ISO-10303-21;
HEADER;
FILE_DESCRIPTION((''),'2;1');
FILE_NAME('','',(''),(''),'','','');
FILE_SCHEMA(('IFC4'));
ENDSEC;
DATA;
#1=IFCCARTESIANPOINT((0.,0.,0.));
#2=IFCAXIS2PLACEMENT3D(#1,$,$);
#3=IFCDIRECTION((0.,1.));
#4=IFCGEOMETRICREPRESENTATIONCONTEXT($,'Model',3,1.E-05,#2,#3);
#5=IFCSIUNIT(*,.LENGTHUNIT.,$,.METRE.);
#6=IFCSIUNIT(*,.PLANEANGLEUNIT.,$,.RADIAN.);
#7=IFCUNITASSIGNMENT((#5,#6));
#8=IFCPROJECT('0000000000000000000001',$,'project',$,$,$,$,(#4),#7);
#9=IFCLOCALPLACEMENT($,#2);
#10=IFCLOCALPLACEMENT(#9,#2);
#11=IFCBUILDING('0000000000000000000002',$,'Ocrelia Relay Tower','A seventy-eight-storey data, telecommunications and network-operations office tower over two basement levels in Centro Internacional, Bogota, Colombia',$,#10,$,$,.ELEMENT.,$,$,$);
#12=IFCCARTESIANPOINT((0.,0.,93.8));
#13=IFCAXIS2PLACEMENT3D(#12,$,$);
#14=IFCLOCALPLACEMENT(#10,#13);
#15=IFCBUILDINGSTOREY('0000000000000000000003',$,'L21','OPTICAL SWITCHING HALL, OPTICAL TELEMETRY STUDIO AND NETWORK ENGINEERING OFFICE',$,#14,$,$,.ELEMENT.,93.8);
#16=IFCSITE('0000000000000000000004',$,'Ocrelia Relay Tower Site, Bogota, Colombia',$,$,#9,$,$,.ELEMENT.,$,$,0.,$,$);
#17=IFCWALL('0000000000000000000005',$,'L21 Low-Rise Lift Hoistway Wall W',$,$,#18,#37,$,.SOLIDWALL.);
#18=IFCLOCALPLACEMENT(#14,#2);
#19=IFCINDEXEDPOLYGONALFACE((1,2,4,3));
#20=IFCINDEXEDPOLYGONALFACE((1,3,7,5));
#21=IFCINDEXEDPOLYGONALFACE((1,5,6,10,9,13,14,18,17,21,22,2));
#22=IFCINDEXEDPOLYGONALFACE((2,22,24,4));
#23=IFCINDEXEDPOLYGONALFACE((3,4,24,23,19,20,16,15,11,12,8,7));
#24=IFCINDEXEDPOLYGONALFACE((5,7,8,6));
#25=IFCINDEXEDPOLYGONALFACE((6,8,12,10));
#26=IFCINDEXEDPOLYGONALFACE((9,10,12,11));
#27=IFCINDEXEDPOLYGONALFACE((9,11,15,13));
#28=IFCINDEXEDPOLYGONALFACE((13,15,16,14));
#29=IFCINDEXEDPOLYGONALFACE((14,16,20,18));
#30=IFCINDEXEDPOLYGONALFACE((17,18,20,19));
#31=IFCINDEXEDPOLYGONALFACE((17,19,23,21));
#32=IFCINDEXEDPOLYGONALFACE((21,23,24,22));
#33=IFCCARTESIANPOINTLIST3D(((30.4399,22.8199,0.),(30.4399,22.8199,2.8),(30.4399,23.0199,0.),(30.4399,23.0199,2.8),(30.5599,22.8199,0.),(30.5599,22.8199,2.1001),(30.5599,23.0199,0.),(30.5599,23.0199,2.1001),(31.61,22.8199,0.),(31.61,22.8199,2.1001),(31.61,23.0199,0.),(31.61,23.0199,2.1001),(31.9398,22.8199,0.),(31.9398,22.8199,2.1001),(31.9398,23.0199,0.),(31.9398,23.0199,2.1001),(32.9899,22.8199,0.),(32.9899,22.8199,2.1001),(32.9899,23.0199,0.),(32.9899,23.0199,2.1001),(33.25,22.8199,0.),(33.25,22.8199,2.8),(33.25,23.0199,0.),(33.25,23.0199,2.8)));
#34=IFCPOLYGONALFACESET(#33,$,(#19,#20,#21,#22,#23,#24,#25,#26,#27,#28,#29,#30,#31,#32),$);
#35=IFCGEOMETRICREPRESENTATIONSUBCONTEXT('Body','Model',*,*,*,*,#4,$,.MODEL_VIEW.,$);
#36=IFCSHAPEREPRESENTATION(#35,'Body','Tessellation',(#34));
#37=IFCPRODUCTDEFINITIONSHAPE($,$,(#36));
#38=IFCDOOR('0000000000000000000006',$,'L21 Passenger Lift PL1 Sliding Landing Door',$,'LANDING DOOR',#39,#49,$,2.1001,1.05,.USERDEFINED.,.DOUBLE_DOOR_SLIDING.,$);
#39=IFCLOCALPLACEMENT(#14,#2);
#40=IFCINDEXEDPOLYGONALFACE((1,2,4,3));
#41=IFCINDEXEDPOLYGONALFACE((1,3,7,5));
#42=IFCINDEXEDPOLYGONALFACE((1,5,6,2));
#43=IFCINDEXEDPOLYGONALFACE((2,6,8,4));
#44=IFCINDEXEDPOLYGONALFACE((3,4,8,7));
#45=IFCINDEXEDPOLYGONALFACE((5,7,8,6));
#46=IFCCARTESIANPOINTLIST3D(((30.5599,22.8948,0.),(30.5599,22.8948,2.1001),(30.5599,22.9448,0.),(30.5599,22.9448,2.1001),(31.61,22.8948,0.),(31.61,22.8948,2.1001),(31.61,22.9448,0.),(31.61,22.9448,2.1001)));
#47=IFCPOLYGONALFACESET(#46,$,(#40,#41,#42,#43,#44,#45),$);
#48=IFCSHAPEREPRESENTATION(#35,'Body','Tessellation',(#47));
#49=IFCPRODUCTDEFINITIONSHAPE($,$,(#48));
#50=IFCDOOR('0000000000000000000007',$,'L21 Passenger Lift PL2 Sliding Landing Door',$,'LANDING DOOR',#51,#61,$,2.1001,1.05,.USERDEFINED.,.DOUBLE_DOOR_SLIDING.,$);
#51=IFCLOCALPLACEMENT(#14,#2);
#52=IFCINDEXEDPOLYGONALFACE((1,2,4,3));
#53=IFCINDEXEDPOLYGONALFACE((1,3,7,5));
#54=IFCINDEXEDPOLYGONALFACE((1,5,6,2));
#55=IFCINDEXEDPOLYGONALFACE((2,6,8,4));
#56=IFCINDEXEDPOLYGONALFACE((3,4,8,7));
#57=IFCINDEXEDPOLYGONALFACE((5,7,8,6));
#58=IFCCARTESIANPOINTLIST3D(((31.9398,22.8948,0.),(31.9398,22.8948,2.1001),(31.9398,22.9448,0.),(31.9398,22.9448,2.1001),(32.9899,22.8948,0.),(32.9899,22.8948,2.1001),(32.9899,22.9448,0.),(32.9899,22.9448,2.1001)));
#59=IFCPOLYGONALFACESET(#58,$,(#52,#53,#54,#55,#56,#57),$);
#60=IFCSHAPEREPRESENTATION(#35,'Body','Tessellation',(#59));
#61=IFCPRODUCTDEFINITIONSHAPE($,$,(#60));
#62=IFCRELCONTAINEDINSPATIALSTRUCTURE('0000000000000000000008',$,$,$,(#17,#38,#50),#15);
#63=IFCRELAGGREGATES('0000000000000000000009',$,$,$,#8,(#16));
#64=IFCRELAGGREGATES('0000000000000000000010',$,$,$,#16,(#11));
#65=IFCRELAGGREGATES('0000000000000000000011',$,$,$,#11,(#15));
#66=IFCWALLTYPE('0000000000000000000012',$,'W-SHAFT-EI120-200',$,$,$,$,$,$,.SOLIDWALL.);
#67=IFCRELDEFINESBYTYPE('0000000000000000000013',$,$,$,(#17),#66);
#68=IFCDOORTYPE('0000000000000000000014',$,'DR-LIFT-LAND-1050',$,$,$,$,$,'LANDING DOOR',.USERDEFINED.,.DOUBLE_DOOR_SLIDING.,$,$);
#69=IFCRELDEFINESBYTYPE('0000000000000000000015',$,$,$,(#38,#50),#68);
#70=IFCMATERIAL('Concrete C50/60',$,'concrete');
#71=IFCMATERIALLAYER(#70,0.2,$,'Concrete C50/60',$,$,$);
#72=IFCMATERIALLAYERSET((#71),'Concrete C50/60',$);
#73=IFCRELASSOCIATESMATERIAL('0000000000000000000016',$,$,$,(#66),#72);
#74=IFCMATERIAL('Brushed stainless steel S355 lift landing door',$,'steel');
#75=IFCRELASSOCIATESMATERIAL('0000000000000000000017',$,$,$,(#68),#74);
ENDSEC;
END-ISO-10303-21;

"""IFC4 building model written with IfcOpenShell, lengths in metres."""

from ifc_helpers import new_model, si_unit, direction, frame, frame_2d, origin, place, context, subcontext, project, spatial, rectangle, extrude, material, layer, layer_set, type_object, element, fill, save


model = new_model("IFC4")

# Units and contexts
model_context = context("Model", 3, precision=1e-05, world=origin(), true_north=direction((0.0, 1.0)))
body_context = subcontext(model_context, "Body", "Model", "MODEL_VIEW")
ifc_project = project(units=[si_unit("LENGTHUNIT", "METRE"), si_unit("PLANEANGLEUNIT", "RADIAN")], contexts=[model_context])

# Site, building, storey
site_placement = place(None, origin())
site = spatial("IfcSite", under=ifc_project, at=site_placement, Name="Ocrelia Relay Tower Site, Bogota, Colombia", CompositionType="ELEMENT", RefElevation=0.0)
building_placement = place(site_placement, origin())
building = spatial("IfcBuilding", under=site, at=building_placement, Name="Ocrelia Relay Tower", Description="A seventy-eight-storey data, telecommunications and network-operations office tower over two basement levels in Centro Internacional, Bogota, Colombia", CompositionType="ELEMENT")
storey_placement = place(building_placement, frame((0.0, 0.0, 93.8)))
storey = spatial("IfcBuildingStorey", under=building, at=storey_placement, Name="L21", Description="OPTICAL SWITCHING HALL, OPTICAL TELEMETRY STUDIO AND NETWORK ENGINEERING OFFICE", CompositionType="ELEMENT", Elevation=93.8)

# Wall, openings, doors
ifc_material_1 = material(Name="Concrete C50/60", Category="concrete")
ifc_layer_1 = layer(ifc_material_1, 0.2, Name="Concrete C50/60")
ifc_layer_set_1 = layer_set([ifc_layer_1], Name="Concrete C50/60")
wall_type_1 = type_object("IfcWallType", Name="W-SHAFT-EI120-200", PredefinedType="SOLIDWALL", material=ifc_layer_set_1)
wall_1_placement = place(storey_placement, frame((30.4399, 22.9199, 0.0), z_axis=(0.0, 0.0, 1.0), x_axis=(1.0, 0.0, 0.0)))
wall_1 = element("IfcWall", 1, at=wall_1_placement, inside=storey, type_object=wall_type_1, Name="L21 Low-Rise Lift Hoistway Wall W", PredefinedType="SOLIDWALL", context=body_context, shape_type="SweptSolid", body=[
    extrude(rectangle(XDim=2.8101, YDim=0.2, at=frame_2d((1.405, 0.0))), origin(), (0.0, 0.0, 1.0), 2.8),
])
opening_1_placement = place(wall_1_placement, frame((0.1201, 0.0, 0.0)))
opening_1 = element("IfcOpeningElement", 2, at=opening_1_placement, cuts=wall_1, PredefinedType="OPENING", context=body_context, shape_type="SweptSolid", body=[
    extrude(rectangle(XDim=1.05, YDim=2.1001, at=frame_2d((0.5249, 1.05))), frame((0.0, 0.1099, 0.0), z_axis=(0.0, -1.0, 0.0), x_axis=(1.0, 0.0, 0.0)), (0.0, 0.0, 1.0), 0.22),
])
opening_2_placement = place(wall_1_placement, frame((1.5, 0.0, 0.0)))
opening_2 = element("IfcOpeningElement", 3, at=opening_2_placement, cuts=wall_1, PredefinedType="OPENING", context=body_context, shape_type="SweptSolid", body=[
    extrude(rectangle(XDim=1.05, YDim=2.1001, at=frame_2d((0.5249, 1.05))), frame((0.0, 0.1099, 0.0), z_axis=(0.0, -1.0, 0.0), x_axis=(1.0, 0.0, 0.0)), (0.0, 0.0, 1.0), 0.22),
])
ifc_material_2 = material(Name="Brushed stainless steel S355 lift landing door", Category="steel")
door_type_1 = type_object("IfcDoorType", Name="DR-LIFT-LAND-1050", ElementType="LANDING DOOR", OperationType="DOUBLE_DOOR_SLIDING", PredefinedType="USERDEFINED", material=ifc_material_2)
door_1_placement = place(opening_1_placement, origin())
door_1 = element("IfcDoor", 4, at=door_1_placement, inside=storey, type_object=door_type_1, Name="L21 Passenger Lift PL1 Sliding Landing Door", ObjectType="LANDING DOOR", OperationType="DOUBLE_DOOR_SLIDING", OverallHeight=2.1001, OverallWidth=1.05, PredefinedType="USERDEFINED", context=body_context, shape_type="SweptSolid", body=[
    extrude(rectangle(XDim=1.05, YDim=2.1001, at=frame_2d((0.5249, 1.05))), frame((0.0, 0.0249, 0.0), z_axis=(0.0, -1.0, 0.0), x_axis=(1.0, 0.0, 0.0)), (0.0, 0.0, 1.0), 0.05),
])
fill(opening_1, door_1)
door_2_placement = place(opening_2_placement, origin())
door_2 = element("IfcDoor", 5, at=door_2_placement, inside=storey, type_object=door_type_1, Name="L21 Passenger Lift PL2 Sliding Landing Door", ObjectType="LANDING DOOR", OperationType="DOUBLE_DOOR_SLIDING", OverallHeight=2.1001, OverallWidth=1.05, PredefinedType="USERDEFINED", context=body_context, shape_type="SweptSolid", body=[
    extrude(rectangle(XDim=1.05, YDim=2.1001, at=frame_2d((0.5249, 1.05))), frame((0.0, 0.0249, 0.0), z_axis=(0.0, -1.0, 0.0), x_axis=(1.0, 0.0, 0.0)), (0.0, 0.0, 1.0), 0.05),
])
fill(opening_2, door_2)

save(model, "model.ifc")
